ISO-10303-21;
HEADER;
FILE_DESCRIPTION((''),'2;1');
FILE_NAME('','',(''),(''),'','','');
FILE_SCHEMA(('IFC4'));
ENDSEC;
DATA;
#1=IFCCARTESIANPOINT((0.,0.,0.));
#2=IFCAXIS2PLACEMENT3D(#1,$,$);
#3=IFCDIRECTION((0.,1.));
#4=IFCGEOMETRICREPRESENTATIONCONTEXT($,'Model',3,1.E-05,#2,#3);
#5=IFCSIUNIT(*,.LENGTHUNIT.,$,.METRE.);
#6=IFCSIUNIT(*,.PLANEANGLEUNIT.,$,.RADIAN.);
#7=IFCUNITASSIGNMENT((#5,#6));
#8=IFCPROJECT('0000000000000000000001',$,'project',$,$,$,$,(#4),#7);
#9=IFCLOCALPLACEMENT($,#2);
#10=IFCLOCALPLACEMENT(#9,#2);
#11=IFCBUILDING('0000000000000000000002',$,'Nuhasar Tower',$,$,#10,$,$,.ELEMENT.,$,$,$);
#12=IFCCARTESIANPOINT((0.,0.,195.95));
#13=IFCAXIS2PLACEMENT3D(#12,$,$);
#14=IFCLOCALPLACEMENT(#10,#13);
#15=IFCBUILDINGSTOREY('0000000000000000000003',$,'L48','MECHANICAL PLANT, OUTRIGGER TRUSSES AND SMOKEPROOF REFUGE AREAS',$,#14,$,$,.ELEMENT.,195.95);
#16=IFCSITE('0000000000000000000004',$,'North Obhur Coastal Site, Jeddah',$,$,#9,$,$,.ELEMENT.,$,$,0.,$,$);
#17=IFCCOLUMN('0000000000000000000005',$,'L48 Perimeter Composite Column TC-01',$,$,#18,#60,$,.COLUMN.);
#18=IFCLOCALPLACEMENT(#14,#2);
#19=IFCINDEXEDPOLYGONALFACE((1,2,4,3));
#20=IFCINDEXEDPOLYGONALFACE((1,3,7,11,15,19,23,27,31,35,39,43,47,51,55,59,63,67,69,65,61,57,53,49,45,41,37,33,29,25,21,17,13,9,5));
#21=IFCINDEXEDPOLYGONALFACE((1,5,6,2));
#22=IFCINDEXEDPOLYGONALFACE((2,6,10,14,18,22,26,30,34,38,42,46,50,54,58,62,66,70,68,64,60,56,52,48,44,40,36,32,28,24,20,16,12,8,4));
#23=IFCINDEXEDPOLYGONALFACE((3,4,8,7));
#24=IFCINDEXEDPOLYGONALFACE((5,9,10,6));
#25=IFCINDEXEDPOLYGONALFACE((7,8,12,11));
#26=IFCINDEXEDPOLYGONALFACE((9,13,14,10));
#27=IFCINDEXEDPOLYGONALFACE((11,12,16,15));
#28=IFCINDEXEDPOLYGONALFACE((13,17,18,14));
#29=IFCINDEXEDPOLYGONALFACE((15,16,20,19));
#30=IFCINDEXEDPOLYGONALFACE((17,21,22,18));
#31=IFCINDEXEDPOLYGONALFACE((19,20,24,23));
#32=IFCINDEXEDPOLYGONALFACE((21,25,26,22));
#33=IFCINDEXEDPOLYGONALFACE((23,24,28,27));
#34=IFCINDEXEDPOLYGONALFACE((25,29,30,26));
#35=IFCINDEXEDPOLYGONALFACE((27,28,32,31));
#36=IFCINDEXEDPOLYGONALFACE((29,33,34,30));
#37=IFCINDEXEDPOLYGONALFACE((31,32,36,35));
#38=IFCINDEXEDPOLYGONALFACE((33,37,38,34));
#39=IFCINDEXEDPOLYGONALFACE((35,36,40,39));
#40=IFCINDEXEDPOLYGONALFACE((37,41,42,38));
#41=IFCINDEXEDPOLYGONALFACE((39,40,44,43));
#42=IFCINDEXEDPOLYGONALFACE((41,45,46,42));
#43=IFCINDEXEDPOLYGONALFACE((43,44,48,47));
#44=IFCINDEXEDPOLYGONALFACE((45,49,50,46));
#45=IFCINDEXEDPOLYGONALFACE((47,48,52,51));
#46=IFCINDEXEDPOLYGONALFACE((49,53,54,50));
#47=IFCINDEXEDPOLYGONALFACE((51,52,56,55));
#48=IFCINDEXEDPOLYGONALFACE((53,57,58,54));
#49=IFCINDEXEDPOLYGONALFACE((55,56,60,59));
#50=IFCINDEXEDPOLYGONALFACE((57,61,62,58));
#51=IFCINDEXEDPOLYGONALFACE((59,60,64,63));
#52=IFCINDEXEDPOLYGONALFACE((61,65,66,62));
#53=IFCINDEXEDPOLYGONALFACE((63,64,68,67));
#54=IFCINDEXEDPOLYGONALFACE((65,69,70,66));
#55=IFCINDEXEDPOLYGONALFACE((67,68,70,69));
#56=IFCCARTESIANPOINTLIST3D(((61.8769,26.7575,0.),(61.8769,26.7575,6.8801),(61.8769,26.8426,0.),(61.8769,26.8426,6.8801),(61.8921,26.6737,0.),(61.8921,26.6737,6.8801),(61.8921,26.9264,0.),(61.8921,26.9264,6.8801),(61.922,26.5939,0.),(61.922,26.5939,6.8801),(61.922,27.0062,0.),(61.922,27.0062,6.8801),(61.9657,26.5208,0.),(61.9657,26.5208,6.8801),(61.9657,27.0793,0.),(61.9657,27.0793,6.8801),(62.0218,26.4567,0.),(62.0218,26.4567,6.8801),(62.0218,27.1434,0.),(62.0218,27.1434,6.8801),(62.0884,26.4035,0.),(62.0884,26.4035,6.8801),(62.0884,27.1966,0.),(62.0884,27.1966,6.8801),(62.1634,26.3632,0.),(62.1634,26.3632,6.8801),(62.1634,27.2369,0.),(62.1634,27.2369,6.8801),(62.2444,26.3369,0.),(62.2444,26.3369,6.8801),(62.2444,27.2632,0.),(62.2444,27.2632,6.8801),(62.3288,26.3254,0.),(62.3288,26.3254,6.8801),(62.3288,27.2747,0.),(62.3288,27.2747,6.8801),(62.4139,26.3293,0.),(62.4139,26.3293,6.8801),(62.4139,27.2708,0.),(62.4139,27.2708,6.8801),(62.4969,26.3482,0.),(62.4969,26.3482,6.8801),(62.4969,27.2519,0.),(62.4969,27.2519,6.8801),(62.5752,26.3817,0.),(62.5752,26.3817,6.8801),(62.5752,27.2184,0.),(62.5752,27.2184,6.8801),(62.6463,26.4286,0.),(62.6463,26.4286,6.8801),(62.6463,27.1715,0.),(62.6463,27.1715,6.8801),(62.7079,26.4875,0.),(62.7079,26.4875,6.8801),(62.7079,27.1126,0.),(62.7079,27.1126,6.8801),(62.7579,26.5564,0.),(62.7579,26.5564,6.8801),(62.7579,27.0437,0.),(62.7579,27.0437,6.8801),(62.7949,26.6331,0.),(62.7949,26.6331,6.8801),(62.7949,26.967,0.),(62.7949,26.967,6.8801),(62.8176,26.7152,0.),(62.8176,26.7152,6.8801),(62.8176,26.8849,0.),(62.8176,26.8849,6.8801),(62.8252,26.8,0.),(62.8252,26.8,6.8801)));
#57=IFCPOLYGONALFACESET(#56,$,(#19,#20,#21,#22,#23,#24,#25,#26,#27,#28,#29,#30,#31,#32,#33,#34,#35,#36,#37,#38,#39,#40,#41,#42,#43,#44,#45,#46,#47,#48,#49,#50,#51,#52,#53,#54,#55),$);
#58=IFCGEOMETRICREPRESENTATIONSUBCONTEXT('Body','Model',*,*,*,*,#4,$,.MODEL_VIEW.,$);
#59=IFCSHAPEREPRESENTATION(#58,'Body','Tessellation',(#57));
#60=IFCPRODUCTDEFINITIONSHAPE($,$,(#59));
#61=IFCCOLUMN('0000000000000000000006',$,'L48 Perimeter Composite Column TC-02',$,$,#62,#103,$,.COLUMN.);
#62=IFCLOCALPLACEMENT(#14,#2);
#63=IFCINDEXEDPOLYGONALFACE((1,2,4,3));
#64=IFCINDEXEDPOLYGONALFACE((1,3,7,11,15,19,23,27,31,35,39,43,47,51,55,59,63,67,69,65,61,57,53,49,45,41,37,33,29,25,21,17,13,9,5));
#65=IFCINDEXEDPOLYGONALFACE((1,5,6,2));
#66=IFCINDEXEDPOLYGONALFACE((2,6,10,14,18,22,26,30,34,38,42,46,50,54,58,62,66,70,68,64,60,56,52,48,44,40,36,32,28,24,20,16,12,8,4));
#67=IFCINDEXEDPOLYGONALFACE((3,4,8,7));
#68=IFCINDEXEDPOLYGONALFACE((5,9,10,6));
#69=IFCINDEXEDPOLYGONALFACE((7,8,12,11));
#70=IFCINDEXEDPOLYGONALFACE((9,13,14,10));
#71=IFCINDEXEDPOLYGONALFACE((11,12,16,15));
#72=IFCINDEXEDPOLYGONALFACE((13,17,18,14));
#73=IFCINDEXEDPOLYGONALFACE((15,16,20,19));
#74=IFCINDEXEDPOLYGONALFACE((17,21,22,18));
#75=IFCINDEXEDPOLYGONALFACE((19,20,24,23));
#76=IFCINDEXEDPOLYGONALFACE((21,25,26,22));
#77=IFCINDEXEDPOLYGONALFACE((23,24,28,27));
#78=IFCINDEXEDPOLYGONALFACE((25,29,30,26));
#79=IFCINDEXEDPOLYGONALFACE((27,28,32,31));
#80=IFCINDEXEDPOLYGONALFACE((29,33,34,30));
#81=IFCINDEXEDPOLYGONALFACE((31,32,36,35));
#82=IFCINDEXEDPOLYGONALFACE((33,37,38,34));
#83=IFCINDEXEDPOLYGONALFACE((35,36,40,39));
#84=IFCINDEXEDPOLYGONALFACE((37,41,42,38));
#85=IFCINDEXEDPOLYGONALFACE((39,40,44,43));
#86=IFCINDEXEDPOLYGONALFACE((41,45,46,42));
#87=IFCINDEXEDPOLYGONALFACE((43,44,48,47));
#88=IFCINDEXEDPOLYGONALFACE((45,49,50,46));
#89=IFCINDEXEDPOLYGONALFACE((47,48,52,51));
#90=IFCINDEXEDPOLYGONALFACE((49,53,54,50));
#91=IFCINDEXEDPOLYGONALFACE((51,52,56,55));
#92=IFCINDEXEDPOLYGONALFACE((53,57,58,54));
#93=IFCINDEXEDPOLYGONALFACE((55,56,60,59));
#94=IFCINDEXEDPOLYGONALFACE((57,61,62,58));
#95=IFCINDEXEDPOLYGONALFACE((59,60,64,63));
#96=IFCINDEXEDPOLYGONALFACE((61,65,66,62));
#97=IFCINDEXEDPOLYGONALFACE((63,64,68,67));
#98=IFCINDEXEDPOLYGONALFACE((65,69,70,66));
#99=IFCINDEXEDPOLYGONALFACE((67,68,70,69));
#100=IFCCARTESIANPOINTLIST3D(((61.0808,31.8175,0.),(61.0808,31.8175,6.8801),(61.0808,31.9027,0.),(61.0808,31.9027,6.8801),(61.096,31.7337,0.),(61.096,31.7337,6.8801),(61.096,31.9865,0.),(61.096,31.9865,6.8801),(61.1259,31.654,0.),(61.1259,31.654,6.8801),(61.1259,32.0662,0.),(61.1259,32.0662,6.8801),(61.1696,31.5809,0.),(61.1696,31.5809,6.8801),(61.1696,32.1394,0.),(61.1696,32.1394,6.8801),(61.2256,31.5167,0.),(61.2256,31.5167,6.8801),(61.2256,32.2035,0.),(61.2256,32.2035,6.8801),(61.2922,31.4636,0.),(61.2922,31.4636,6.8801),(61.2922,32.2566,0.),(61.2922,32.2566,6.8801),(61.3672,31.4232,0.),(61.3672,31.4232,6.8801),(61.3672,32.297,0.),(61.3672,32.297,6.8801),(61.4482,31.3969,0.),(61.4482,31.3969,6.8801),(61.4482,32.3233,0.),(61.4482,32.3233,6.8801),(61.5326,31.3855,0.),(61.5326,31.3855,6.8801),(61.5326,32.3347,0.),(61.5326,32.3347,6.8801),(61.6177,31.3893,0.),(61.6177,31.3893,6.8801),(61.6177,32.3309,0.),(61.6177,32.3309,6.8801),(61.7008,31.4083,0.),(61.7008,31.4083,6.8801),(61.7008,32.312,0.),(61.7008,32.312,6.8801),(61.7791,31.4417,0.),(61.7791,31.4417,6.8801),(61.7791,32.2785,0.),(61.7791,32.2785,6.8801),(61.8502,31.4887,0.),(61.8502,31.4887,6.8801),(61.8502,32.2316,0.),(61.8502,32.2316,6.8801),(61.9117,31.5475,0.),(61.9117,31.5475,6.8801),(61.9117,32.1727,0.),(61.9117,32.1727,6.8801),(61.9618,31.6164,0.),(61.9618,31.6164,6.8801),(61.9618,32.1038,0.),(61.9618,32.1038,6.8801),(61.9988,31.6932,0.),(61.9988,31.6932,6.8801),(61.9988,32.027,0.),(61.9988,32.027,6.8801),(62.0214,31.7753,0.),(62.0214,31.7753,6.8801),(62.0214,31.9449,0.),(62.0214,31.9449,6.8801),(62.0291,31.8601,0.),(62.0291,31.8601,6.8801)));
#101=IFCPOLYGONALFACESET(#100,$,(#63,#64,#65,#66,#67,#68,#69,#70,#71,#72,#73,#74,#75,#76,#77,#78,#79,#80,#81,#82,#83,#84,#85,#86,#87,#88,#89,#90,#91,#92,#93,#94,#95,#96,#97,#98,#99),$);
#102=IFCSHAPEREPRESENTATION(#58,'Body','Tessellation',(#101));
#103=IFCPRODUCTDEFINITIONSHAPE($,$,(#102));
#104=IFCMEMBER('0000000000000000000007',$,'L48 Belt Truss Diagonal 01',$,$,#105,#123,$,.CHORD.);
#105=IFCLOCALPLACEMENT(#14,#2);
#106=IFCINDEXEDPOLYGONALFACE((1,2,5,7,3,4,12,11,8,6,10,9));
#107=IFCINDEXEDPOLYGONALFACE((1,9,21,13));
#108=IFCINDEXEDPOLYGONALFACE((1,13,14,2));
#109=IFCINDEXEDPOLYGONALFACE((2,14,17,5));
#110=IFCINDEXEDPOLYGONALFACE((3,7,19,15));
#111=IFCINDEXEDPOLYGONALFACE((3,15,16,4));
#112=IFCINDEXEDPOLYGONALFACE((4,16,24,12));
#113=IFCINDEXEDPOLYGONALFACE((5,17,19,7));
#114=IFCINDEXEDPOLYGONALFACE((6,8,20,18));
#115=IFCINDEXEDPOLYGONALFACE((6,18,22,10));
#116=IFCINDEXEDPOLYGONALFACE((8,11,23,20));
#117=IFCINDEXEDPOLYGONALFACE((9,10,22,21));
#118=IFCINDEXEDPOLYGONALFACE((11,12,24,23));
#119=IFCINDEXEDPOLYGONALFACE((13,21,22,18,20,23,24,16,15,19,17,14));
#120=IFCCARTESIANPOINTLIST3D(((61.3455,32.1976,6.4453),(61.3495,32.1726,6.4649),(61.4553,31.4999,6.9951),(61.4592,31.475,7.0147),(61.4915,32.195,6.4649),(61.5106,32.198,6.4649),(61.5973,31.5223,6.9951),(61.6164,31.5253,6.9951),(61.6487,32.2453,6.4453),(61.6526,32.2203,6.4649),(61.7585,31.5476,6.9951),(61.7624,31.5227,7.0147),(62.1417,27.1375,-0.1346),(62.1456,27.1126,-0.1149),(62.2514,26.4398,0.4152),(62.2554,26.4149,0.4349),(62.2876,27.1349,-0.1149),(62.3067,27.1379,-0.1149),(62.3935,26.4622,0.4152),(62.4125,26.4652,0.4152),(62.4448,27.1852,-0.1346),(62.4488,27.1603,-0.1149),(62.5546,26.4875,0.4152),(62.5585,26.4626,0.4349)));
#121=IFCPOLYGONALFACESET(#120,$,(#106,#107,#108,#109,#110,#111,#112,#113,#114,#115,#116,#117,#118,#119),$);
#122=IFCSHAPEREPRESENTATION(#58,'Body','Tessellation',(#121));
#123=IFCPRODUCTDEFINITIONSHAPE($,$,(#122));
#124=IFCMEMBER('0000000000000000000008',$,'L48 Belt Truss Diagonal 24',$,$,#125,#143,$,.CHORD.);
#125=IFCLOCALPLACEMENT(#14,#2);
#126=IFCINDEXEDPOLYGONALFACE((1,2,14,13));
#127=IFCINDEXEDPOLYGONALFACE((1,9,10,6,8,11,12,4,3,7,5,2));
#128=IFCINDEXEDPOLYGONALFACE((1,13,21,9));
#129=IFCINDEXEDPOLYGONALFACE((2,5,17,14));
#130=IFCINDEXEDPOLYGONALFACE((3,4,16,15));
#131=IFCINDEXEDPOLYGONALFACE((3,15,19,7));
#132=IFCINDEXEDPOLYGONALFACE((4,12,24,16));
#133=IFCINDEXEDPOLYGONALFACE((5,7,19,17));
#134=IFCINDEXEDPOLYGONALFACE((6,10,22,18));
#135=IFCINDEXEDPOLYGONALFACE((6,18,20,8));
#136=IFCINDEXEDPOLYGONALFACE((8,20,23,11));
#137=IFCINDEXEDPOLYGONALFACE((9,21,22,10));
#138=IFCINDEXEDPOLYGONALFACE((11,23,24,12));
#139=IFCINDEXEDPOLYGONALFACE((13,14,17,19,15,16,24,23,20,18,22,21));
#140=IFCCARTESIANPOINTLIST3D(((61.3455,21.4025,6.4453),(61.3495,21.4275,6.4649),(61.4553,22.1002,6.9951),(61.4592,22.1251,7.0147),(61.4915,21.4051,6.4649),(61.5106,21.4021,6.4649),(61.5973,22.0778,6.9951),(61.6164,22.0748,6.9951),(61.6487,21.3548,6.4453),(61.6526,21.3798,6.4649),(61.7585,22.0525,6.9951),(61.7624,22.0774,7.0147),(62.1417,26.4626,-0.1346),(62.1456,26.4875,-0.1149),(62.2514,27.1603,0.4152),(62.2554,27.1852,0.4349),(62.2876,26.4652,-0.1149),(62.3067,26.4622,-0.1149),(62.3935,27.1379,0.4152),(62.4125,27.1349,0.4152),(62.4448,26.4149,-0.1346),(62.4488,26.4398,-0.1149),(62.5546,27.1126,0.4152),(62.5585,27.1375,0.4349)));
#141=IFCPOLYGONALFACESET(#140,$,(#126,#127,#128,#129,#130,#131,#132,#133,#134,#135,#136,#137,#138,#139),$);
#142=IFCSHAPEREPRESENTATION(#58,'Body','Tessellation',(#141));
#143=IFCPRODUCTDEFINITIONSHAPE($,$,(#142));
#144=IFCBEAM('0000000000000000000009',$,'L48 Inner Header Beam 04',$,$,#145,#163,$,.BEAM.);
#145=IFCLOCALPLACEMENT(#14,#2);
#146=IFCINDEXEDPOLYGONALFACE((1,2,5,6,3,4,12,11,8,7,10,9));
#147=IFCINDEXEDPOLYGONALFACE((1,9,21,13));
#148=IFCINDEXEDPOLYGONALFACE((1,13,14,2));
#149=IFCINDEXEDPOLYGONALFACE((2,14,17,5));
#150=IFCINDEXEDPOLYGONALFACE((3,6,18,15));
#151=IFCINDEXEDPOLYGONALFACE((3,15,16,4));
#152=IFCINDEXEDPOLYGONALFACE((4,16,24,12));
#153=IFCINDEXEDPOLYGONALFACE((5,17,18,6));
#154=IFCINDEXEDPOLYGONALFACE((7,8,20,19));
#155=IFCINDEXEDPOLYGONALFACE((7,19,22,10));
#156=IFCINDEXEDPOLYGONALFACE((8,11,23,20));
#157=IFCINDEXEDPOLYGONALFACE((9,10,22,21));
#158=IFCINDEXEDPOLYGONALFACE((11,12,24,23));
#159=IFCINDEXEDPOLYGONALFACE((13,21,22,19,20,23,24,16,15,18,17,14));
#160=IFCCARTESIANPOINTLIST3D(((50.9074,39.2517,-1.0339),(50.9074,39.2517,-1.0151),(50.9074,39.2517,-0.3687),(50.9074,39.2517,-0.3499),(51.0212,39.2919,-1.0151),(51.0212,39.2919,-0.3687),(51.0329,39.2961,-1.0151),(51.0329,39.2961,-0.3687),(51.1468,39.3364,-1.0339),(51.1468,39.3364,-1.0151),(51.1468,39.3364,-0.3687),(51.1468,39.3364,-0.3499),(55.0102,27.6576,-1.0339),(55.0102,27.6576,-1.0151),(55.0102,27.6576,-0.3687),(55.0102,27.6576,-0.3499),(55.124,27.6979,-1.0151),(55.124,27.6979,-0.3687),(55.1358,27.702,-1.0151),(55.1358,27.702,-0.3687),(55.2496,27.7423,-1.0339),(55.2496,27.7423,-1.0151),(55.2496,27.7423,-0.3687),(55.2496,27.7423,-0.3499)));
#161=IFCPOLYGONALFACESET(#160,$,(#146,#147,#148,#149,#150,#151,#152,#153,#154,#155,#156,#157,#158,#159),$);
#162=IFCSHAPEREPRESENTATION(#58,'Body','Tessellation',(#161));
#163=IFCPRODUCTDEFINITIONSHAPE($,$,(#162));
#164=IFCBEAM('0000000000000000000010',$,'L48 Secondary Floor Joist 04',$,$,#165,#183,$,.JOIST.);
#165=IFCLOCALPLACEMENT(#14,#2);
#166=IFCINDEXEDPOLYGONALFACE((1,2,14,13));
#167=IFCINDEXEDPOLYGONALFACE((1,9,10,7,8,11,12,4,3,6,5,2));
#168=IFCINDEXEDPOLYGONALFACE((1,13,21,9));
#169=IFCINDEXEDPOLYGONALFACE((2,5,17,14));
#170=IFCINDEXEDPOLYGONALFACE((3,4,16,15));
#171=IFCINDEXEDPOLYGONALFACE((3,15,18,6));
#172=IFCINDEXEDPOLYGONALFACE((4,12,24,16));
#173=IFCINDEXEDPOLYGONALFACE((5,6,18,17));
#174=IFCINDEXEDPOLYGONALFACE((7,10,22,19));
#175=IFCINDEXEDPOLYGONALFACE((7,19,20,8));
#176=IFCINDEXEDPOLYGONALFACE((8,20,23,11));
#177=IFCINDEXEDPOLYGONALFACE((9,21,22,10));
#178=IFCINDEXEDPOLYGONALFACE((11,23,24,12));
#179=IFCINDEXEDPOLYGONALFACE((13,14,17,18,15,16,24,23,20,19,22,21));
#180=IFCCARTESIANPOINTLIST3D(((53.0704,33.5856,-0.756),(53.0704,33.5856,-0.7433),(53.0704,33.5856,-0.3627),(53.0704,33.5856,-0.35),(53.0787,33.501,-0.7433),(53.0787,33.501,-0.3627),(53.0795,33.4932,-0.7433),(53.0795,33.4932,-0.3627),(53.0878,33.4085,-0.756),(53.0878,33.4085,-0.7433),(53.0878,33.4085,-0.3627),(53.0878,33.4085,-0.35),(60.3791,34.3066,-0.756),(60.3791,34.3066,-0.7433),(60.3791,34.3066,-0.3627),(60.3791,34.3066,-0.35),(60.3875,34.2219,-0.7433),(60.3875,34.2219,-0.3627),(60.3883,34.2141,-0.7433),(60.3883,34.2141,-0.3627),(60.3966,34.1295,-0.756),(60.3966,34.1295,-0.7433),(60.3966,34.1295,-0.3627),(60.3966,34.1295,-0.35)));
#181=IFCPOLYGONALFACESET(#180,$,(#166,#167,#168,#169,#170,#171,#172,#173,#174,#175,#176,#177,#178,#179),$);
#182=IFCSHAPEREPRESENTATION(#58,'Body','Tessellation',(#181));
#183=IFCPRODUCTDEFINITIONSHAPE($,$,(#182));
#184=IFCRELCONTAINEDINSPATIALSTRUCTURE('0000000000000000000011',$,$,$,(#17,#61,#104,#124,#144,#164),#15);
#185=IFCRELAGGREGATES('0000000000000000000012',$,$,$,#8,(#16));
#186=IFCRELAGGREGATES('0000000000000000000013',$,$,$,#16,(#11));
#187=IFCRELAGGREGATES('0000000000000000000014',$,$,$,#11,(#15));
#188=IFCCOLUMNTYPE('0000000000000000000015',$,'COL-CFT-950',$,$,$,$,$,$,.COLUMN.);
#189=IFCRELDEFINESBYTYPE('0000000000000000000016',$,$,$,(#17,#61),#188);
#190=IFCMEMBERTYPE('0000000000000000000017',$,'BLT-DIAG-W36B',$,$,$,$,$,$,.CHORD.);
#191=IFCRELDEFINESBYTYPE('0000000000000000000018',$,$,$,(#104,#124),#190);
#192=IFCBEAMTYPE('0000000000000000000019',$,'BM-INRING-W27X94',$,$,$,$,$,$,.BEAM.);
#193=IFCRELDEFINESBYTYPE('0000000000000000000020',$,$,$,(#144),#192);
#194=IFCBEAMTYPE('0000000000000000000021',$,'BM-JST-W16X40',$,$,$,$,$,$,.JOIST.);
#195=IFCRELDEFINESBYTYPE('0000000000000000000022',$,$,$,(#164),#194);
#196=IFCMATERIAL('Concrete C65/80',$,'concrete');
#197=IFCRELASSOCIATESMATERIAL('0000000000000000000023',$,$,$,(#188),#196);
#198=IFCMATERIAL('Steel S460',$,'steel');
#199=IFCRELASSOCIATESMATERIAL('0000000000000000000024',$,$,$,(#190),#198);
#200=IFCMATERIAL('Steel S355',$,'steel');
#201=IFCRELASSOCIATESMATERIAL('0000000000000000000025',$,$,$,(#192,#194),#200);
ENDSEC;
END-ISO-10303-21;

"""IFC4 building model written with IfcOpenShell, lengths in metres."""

from ifc_helpers import new_model, si_unit, direction, frame, origin, origin_2d, place, context, subcontext, project, spatial, circle, i_section, extrude, material, material_profile, profile_set, type_object, element, save


model = new_model("IFC4")

# Units and contexts
model_context = context("Model", 3, precision=1e-05, world=origin(), true_north=direction((0.0, 1.0)))
body_context = subcontext(model_context, "Body", "Model", "MODEL_VIEW")
ifc_project = project(units=[si_unit("LENGTHUNIT", "METRE"), si_unit("PLANEANGLEUNIT", "RADIAN")], contexts=[model_context])

# Site, building, storey
site_placement = place(None, origin())
site = spatial("IfcSite", under=ifc_project, at=site_placement, Name="North Obhur Coastal Site, Jeddah", CompositionType="ELEMENT", RefElevation=0.0)
building_placement = place(site_placement, origin())
building = spatial("IfcBuilding", under=site, at=building_placement, Name="Nuhasar Tower", CompositionType="ELEMENT")
storey_placement = place(building_placement, frame((0.0, 0.0, 195.95)))
storey = spatial("IfcBuildingStorey", under=building, at=storey_placement, Name="L48", Description="MECHANICAL PLANT, OUTRIGGER TRUSSES AND SMOKEPROOF REFUGE AREAS", CompositionType="ELEMENT", Elevation=195.95)

# Columns
ifc_material_1 = material(Name="Concrete C65/80", Category="concrete")
ifc_material_profile_1 = material_profile(ifc_material_1, circle(Radius=0.4751, at=origin_2d()), Name="CFT950")
ifc_profile_set_1 = profile_set([ifc_material_profile_1], Name="Concrete C65/80")
column_type = type_object("IfcColumnType", Name="COL-CFT-950", PredefinedType="COLUMN", material=ifc_profile_set_1)
for number, where, z_axis, x_axis, name in (
    (1, (62.3501, 26.8, 0.0), (0.0, 0.0, 1.0), (1.0, 0.0, 0.0), "L48 Perimeter Composite Column TC-01"),
    (2, (61.554, 31.8601, 0.0), (0.0, 0.0, 1.0), (1.0, 0.0, 0.0), "L48 Perimeter Composite Column TC-02"),
):
    element("IfcColumn", number, at=place(storey_placement, frame(where, z_axis=z_axis, x_axis=x_axis)), inside=storey, type_object=column_type, Name=name, PredefinedType="COLUMN", context=body_context, shape_type="SweptSolid", body=[
        extrude(circle(Radius=0.4751, at=origin_2d()), origin(), (0.0, 0.0, 1.0), 6.8801),
    ])

# Members
ifc_material_2 = material(Name="Steel S460", Category="steel")
ifc_material_profile_2 = material_profile(ifc_material_2, i_section(OverallWidth=0.3069, OverallDepth=0.927, WebThickness=0.0193, FlangeThickness=0.032, at=origin_2d()), Name="W36X194")
ifc_profile_set_2 = profile_set([ifc_material_profile_2], Name="Steel S460")
member_type_1 = type_object("IfcMemberType", Name="BLT-DIAG-W36B", PredefinedType="CHORD", material=ifc_profile_set_2)
for number, where, z_axis, x_axis, name in (
    (3, (62.3501, 26.8, 0.1501), (-0.095477, 0.606824, 0.789081), (-0.987847, -0.155427, 0.0), "L48 Belt Truss Diagonal 01"),
    (4, (62.3501, 26.8, 0.1501), (-0.095477, -0.606824, 0.789081), (0.987847, -0.155427, 0.0), "L48 Belt Truss Diagonal 24"),
):
    element("IfcMember", number, at=place(storey_placement, frame(where, z_axis=z_axis, x_axis=x_axis)), inside=storey, type_object=member_type_1, Name=name, PredefinedType="CHORD", context=body_context, shape_type="SweptSolid", body=[
        extrude(i_section(OverallWidth=0.3069, OverallDepth=0.927, WebThickness=0.0193, FlangeThickness=0.032, at=origin_2d()), origin(), (0.0, 0.0, 1.0), 8.3386),
    ])

# Beams
ifc_material_3 = material(Name="Steel S355", Category="steel")
ifc_material_profile_3 = material_profile(ifc_material_3, i_section(OverallWidth=0.2539, OverallDepth=0.6841, WebThickness=0.0125, FlangeThickness=0.0188, at=origin_2d()), Name="W27X94")
ifc_profile_set_3 = profile_set([ifc_material_profile_3], Name="Steel S355")
beam_type_1 = type_object("IfcBeamType", Name="BM-INRING-W27X94", PredefinedType="BEAM", material=ifc_profile_set_3)
beam_1_placement = place(storey_placement, frame((55.1299, 27.7, -0.6919), z_axis=(-0.3336, 0.942715, 0.0), x_axis=(-0.942715, -0.3336, 0.0)))
element("IfcBeam", 5, at=beam_1_placement, inside=storey, type_object=beam_type_1, Name="L48 Inner Header Beam 04", PredefinedType="BEAM", context=body_context, shape_type="SweptSolid", body=[
    extrude(i_section(OverallWidth=0.2539, OverallDepth=0.6841, WebThickness=0.0125, FlangeThickness=0.0188, at=origin_2d()), origin(), (0.0, 0.0, 1.0), 12.2986),
])
ifc_material_profile_4 = material_profile(ifc_material_3, i_section(OverallWidth=0.178, OverallDepth=0.406, WebThickness=0.0078, FlangeThickness=0.0127, at=origin_2d()), Name="W16X40")
ifc_profile_set_4 = profile_set([ifc_material_profile_4], Name="Steel S355")
beam_type_2 = type_object("IfcBeamType", Name="BM-JST-W16X40", PredefinedType="JOIST", material=ifc_profile_set_4)
beam_2_placement = place(storey_placement, frame((53.0791, 33.4971, -0.553), z_axis=(0.99517, 0.098164, 0.0), x_axis=(-0.098164, 0.99517, 0.0)))
element("IfcBeam", 6, at=beam_2_placement, inside=storey, type_object=beam_type_2, Name="L48 Secondary Floor Joist 04", PredefinedType="JOIST", context=body_context, shape_type="SweptSolid", body=[
    extrude(i_section(OverallWidth=0.178, OverallDepth=0.406, WebThickness=0.0078, FlangeThickness=0.0127, at=origin_2d()), origin(), (0.0, 0.0, 1.0), 7.3442),
])

save(model, "model.ifc")
